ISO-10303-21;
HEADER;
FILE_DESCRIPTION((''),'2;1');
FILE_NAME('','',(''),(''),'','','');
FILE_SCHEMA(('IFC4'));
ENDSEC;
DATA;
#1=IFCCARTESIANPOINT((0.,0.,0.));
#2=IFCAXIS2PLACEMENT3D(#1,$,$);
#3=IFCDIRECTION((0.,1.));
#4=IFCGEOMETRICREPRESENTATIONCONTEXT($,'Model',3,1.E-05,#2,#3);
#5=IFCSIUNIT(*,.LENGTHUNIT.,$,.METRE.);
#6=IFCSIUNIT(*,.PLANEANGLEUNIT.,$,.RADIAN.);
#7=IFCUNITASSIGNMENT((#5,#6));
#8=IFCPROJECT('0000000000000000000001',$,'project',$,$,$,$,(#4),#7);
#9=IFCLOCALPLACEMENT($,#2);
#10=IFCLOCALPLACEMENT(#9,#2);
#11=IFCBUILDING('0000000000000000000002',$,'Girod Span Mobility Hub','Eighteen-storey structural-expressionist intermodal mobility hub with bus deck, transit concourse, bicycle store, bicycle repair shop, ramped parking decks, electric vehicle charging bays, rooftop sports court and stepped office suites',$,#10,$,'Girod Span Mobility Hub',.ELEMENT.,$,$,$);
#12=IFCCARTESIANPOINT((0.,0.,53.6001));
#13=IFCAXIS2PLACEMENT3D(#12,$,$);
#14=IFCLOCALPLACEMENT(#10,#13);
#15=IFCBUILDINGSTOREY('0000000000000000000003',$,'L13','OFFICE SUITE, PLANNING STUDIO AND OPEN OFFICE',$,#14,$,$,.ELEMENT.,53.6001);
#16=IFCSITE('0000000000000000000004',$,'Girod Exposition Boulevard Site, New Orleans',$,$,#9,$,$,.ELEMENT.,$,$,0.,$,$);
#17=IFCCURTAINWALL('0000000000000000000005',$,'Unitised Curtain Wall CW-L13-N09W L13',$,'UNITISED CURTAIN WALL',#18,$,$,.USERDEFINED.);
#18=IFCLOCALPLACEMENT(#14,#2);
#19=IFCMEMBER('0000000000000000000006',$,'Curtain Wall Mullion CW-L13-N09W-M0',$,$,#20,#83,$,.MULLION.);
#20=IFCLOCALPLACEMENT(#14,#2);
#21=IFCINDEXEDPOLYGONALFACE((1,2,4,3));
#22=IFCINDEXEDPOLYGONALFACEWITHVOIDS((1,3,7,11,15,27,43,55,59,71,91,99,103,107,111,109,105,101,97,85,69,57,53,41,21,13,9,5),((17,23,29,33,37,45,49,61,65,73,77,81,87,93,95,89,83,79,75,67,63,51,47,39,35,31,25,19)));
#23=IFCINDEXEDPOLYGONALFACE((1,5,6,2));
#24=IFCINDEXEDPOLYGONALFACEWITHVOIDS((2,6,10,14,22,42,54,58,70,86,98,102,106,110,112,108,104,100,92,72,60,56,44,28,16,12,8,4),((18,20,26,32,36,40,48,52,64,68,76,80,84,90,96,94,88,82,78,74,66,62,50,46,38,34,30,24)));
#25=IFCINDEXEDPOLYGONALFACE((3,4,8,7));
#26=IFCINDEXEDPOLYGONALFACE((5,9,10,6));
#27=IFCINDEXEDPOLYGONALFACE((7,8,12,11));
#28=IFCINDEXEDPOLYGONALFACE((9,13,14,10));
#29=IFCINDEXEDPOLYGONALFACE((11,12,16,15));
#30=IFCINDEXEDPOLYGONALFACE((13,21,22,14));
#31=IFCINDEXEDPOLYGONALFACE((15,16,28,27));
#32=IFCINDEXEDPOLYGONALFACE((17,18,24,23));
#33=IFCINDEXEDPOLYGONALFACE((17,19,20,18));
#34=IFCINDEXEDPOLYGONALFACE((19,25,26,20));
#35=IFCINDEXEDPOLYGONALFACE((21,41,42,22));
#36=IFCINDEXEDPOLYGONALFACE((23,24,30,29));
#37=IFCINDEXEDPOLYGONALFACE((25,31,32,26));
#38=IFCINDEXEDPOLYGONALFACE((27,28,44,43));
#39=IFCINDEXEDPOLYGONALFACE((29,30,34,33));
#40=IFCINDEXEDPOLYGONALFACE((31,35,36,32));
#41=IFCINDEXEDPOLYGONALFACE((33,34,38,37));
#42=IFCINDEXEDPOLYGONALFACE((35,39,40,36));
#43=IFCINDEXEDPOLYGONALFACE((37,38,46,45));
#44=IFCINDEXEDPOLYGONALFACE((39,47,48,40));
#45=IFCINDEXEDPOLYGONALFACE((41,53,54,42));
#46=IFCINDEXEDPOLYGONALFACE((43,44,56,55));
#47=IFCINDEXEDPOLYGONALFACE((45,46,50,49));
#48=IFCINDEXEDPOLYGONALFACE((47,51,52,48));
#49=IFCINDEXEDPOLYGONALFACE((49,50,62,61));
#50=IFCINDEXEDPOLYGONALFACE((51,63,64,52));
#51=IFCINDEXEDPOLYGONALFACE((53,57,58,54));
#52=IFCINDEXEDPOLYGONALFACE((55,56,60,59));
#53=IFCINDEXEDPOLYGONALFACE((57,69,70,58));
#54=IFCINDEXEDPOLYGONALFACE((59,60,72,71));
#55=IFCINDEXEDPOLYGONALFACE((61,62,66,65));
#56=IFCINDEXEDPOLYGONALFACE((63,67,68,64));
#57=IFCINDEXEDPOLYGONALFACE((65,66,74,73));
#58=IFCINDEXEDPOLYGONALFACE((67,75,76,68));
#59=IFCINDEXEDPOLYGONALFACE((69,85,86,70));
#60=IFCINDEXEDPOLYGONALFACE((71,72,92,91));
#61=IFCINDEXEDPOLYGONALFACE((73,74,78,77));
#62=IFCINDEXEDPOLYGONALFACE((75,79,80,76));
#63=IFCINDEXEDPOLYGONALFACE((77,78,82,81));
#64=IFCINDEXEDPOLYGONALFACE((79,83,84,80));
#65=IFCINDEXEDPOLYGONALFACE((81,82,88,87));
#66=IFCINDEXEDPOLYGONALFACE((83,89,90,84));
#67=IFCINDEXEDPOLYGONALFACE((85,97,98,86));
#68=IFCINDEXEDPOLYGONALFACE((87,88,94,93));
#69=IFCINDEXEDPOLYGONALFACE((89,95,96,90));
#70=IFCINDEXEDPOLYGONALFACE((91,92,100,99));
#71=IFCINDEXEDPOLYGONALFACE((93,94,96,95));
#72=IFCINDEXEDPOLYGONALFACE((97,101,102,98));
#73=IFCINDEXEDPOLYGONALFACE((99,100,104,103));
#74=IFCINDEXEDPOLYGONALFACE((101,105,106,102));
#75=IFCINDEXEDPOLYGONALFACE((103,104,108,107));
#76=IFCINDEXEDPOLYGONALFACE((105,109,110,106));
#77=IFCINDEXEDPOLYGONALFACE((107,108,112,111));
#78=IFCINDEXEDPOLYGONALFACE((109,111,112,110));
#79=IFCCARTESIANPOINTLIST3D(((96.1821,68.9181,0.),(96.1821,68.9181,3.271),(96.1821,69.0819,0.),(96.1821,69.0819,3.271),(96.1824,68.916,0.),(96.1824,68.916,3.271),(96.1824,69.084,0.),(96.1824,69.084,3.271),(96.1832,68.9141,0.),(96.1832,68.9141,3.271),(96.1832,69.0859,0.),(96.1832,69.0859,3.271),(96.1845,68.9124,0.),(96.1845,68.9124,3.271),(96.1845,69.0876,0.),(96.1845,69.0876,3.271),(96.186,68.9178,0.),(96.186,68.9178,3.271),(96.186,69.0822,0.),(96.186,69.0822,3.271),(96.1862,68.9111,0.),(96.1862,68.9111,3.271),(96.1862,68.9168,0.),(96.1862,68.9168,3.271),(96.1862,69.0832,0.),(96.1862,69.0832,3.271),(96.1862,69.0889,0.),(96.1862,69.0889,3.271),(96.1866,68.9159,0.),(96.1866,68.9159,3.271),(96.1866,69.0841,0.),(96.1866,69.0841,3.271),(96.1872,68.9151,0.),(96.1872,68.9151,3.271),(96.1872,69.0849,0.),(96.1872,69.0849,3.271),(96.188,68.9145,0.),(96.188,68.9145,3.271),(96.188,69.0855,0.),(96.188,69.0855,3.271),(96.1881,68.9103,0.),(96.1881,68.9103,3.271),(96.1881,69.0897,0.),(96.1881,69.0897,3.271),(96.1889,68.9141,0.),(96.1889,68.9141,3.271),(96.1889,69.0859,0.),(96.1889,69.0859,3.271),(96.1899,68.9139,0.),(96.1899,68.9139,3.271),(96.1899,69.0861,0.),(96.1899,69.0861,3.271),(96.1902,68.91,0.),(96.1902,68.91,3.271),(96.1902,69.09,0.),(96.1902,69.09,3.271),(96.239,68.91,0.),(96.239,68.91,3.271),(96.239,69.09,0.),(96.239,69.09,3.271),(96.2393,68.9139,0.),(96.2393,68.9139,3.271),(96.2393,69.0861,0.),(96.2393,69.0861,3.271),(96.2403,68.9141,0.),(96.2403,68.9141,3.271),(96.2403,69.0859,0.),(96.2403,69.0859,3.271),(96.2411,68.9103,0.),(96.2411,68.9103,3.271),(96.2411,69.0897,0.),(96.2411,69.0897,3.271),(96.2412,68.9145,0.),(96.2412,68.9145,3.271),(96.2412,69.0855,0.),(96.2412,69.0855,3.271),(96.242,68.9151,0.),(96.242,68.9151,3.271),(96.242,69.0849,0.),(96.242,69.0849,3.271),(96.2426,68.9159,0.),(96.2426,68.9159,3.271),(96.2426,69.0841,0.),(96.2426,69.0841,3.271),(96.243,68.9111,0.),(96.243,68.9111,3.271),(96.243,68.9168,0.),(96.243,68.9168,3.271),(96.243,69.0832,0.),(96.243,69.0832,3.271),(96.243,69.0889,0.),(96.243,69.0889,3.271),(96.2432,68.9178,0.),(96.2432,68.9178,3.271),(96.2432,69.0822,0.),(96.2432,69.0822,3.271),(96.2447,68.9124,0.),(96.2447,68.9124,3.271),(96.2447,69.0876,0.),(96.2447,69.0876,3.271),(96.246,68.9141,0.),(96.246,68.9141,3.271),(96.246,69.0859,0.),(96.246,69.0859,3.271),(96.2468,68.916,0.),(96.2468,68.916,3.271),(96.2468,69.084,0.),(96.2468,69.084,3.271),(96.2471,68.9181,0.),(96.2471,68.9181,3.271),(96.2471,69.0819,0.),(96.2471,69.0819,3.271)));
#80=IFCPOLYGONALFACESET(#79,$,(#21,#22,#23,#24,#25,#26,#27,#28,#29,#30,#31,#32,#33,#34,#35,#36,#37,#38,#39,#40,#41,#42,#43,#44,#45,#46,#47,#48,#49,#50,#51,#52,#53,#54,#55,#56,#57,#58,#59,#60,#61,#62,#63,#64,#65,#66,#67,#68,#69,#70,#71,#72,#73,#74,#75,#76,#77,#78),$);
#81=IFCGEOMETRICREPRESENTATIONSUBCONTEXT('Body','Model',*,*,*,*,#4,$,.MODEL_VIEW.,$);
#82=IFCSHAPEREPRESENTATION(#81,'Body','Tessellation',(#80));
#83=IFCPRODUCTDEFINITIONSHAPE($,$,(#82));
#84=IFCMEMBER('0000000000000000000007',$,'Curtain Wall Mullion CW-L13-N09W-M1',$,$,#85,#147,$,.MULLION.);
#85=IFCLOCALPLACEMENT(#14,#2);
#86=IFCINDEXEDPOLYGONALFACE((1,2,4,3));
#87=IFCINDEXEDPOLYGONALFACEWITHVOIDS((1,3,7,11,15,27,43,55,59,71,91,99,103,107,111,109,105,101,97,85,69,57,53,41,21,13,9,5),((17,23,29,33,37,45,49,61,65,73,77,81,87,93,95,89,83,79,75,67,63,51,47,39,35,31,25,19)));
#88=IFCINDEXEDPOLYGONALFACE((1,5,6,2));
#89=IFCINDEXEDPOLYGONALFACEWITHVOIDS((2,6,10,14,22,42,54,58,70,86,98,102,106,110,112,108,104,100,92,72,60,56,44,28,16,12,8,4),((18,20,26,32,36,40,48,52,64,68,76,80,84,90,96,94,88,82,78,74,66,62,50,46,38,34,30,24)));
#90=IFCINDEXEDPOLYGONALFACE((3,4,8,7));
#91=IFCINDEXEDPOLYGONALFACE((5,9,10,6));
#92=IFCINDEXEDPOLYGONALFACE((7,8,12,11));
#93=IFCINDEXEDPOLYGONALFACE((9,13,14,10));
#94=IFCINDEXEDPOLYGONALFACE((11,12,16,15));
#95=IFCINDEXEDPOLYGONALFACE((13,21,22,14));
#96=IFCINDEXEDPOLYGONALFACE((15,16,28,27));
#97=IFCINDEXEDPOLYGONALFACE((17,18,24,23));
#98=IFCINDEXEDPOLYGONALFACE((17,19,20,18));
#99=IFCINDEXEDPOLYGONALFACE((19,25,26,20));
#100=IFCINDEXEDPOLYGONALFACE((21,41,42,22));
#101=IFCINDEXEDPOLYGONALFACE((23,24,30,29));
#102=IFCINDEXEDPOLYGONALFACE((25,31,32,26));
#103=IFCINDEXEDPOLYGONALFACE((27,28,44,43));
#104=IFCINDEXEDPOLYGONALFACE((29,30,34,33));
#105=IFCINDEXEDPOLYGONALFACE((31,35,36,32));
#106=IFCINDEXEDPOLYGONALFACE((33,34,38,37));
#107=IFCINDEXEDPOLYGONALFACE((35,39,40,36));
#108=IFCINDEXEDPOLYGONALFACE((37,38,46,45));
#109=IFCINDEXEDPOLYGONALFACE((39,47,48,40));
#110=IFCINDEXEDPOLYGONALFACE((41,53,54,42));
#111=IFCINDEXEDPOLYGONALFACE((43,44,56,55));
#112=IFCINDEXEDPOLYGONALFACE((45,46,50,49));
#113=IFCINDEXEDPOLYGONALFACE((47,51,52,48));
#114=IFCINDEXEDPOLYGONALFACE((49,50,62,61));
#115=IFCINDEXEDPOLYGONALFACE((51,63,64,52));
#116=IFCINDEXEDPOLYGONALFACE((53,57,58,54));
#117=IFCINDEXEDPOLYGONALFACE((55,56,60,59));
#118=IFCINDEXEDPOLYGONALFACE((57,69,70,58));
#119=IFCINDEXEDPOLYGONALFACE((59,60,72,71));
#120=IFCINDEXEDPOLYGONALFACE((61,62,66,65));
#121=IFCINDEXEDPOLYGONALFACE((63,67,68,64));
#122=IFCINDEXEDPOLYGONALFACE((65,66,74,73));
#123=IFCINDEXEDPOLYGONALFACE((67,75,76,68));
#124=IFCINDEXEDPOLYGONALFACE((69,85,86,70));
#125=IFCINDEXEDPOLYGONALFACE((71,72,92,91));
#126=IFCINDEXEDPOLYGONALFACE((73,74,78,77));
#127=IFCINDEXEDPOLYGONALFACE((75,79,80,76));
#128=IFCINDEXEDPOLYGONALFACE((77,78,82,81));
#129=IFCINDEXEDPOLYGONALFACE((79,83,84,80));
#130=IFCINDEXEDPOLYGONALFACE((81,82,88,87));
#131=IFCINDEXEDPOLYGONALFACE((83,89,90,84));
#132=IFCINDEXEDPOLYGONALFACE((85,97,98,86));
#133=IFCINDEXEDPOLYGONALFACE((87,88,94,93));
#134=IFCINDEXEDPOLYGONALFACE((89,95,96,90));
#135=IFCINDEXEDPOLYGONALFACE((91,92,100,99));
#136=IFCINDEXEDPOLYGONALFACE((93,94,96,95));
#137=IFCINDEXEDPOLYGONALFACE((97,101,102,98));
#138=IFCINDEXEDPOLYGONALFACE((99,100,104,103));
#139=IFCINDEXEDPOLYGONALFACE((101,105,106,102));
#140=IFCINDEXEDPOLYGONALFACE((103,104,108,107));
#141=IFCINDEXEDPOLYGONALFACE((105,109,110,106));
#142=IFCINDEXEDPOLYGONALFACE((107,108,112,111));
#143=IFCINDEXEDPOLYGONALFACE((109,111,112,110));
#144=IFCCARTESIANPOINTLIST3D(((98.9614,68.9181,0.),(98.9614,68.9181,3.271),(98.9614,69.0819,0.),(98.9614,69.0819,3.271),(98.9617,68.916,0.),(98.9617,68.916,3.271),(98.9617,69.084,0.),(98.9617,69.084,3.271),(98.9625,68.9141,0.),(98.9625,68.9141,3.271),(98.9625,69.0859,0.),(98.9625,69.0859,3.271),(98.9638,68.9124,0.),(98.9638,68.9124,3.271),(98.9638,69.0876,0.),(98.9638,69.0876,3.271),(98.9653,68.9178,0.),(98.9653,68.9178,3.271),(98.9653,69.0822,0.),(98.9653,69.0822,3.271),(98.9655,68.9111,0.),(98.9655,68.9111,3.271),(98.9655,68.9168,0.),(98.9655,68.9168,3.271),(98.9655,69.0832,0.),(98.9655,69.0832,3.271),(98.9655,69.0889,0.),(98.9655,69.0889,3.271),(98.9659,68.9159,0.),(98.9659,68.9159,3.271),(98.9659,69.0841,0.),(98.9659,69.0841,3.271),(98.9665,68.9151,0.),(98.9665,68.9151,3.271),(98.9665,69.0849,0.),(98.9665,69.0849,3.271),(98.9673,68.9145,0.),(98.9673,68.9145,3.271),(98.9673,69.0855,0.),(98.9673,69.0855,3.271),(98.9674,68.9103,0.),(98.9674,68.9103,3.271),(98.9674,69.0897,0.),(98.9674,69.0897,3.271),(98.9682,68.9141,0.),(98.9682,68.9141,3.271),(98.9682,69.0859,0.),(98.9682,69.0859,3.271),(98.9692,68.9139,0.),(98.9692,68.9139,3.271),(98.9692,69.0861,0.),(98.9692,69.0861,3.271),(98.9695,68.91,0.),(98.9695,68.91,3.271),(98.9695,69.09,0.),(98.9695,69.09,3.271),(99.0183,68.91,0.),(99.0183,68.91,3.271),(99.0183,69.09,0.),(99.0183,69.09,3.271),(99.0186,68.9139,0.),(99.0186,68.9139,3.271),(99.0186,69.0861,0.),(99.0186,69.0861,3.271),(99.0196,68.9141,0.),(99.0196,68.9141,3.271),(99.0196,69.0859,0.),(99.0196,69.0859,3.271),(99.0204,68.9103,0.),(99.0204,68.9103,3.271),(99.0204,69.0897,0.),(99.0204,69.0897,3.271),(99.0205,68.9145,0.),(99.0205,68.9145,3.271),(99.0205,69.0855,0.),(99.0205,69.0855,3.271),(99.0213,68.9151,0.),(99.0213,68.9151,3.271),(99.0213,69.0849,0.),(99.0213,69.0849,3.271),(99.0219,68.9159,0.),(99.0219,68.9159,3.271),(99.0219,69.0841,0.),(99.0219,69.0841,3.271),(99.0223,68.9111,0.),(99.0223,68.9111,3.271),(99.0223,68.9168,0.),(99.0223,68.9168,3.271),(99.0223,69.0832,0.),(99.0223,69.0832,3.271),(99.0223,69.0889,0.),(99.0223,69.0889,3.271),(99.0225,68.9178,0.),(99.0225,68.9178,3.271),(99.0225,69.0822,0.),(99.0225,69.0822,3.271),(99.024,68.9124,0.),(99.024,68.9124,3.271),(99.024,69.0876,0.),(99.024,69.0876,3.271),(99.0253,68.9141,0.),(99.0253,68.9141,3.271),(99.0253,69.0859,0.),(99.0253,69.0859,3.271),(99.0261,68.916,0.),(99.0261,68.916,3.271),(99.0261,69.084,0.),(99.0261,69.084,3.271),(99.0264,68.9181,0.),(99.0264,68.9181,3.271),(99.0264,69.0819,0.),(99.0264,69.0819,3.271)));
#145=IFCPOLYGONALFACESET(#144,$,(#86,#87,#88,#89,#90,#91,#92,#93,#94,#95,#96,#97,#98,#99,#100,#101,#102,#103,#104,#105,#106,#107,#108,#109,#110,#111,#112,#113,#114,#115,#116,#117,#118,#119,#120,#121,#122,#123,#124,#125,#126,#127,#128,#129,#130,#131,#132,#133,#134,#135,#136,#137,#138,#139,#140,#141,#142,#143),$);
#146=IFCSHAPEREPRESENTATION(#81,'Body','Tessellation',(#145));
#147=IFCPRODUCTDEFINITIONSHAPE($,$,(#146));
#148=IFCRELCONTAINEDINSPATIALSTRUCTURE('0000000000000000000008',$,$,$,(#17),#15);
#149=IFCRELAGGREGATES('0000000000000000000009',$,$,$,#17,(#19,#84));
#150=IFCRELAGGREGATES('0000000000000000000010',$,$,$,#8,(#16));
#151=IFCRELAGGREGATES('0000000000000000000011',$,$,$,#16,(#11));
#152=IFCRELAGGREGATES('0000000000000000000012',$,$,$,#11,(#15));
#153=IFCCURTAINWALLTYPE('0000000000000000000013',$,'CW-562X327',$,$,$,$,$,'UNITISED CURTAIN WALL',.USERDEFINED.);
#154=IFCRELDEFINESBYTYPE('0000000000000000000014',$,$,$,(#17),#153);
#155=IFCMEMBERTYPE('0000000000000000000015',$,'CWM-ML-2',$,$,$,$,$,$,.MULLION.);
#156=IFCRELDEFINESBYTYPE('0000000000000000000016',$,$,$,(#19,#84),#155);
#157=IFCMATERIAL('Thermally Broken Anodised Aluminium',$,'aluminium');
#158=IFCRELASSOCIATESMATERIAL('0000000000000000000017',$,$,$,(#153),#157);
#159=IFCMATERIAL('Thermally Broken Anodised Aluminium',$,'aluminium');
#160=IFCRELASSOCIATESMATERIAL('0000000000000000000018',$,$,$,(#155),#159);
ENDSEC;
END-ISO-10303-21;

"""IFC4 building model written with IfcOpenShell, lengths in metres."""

from ifc_helpers import new_model, si_unit, direction, frame, origin, origin_2d, place, context, subcontext, project, spatial, hollow_rectangle, extrude, material, material_profile, profile_set, type_object, element, aggregate, save


model = new_model("IFC4")

# Units and contexts
model_context = context("Model", 3, precision=1e-05, world=origin(), true_north=direction((0.0, 1.0)))
body_context = subcontext(model_context, "Body", "Model", "MODEL_VIEW")
ifc_project = project(units=[si_unit("LENGTHUNIT", "METRE"), si_unit("PLANEANGLEUNIT", "RADIAN")], contexts=[model_context])

# Site, building, storey
site_placement = place(None, origin())
site = spatial("IfcSite", under=ifc_project, at=site_placement, Name="Girod Exposition Boulevard Site, New Orleans", CompositionType="ELEMENT", RefElevation=0.0)
building_placement = place(site_placement, origin())
building = spatial("IfcBuilding", under=site, at=building_placement, Name="Girod Span Mobility Hub", Description="Eighteen-storey structural-expressionist intermodal mobility hub with bus deck, transit concourse, bicycle store, bicycle repair shop, ramped parking decks, electric vehicle charging bays, rooftop sports court and stepped office suites", LongName="Girod Span Mobility Hub", CompositionType="ELEMENT")
storey_placement = place(building_placement, frame((0.0, 0.0, 53.6001)))
storey = spatial("IfcBuildingStorey", under=building, at=storey_placement, Name="L13", Description="OFFICE SUITE, PLANNING STUDIO AND OPEN OFFICE", CompositionType="ELEMENT", Elevation=53.6001)

# Curtain wall, members
ifc_material_1 = material(Name="Thermally Broken Anodised Aluminium", Category="aluminium")
curtain_wall_type = type_object("IfcCurtainWallType", Name="CW-562X327", ElementType="UNITISED CURTAIN WALL", PredefinedType="USERDEFINED", material=ifc_material_1)
ifc_material_2 = material(Name="Thermally Broken Anodised Aluminium", Category="aluminium")
ifc_material_profile_1 = material_profile(ifc_material_2, hollow_rectangle(XDim=0.1799, YDim=0.0649, WallThickness=0.0039, InnerFilletRadius=0.0039, OuterFilletRadius=0.0081, at=origin_2d()), Name="CW-ML-65X180")
ifc_profile_set_1 = profile_set([ifc_material_profile_1], Name="Thermally Broken Anodised Aluminium")
member_type_1 = type_object("IfcMemberType", Name="CWM-ML-2", PredefinedType="MULLION", material=ifc_profile_set_1)
curtain_wall_1_placement = place(storey_placement, origin())
curtain_wall_1 = element("IfcCurtainWall", 1, at=curtain_wall_1_placement, inside=storey, type_object=curtain_wall_type, Name="Unitised Curtain Wall CW-L13-N09W L13", ObjectType="UNITISED CURTAIN WALL", PredefinedType="USERDEFINED")
member_1_placement = place(storey_placement, frame((96.2146, 69.0, 0.0), z_axis=(0.0, 0.0, 1.0), x_axis=(0.0, 1.0, 0.0)))
member_1 = element("IfcMember", 2, at=member_1_placement, type_object=member_type_1, Name="Curtain Wall Mullion CW-L13-N09W-M0", PredefinedType="MULLION", context=body_context, shape_type="SweptSolid", body=[
    extrude(hollow_rectangle(XDim=0.1799, YDim=0.0649, WallThickness=0.0039, InnerFilletRadius=0.0039, OuterFilletRadius=0.0081, at=origin_2d()), origin(), (0.0, 0.0, 1.0), 3.271),
])
member_2_placement = place(storey_placement, frame((98.9939, 69.0, 0.0), z_axis=(0.0, 0.0, 1.0), x_axis=(0.0, 1.0, 0.0)))
member_2 = element("IfcMember", 3, at=member_2_placement, type_object=member_type_1, Name="Curtain Wall Mullion CW-L13-N09W-M1", PredefinedType="MULLION", context=body_context, shape_type="SweptSolid", body=[
    extrude(hollow_rectangle(XDim=0.1799, YDim=0.0649, WallThickness=0.0039, InnerFilletRadius=0.0039, OuterFilletRadius=0.0081, at=origin_2d()), origin(), (0.0, 0.0, 1.0), 3.271),
])

aggregate(curtain_wall_1, [member_1, member_2])

save(model, "model.ifc")
